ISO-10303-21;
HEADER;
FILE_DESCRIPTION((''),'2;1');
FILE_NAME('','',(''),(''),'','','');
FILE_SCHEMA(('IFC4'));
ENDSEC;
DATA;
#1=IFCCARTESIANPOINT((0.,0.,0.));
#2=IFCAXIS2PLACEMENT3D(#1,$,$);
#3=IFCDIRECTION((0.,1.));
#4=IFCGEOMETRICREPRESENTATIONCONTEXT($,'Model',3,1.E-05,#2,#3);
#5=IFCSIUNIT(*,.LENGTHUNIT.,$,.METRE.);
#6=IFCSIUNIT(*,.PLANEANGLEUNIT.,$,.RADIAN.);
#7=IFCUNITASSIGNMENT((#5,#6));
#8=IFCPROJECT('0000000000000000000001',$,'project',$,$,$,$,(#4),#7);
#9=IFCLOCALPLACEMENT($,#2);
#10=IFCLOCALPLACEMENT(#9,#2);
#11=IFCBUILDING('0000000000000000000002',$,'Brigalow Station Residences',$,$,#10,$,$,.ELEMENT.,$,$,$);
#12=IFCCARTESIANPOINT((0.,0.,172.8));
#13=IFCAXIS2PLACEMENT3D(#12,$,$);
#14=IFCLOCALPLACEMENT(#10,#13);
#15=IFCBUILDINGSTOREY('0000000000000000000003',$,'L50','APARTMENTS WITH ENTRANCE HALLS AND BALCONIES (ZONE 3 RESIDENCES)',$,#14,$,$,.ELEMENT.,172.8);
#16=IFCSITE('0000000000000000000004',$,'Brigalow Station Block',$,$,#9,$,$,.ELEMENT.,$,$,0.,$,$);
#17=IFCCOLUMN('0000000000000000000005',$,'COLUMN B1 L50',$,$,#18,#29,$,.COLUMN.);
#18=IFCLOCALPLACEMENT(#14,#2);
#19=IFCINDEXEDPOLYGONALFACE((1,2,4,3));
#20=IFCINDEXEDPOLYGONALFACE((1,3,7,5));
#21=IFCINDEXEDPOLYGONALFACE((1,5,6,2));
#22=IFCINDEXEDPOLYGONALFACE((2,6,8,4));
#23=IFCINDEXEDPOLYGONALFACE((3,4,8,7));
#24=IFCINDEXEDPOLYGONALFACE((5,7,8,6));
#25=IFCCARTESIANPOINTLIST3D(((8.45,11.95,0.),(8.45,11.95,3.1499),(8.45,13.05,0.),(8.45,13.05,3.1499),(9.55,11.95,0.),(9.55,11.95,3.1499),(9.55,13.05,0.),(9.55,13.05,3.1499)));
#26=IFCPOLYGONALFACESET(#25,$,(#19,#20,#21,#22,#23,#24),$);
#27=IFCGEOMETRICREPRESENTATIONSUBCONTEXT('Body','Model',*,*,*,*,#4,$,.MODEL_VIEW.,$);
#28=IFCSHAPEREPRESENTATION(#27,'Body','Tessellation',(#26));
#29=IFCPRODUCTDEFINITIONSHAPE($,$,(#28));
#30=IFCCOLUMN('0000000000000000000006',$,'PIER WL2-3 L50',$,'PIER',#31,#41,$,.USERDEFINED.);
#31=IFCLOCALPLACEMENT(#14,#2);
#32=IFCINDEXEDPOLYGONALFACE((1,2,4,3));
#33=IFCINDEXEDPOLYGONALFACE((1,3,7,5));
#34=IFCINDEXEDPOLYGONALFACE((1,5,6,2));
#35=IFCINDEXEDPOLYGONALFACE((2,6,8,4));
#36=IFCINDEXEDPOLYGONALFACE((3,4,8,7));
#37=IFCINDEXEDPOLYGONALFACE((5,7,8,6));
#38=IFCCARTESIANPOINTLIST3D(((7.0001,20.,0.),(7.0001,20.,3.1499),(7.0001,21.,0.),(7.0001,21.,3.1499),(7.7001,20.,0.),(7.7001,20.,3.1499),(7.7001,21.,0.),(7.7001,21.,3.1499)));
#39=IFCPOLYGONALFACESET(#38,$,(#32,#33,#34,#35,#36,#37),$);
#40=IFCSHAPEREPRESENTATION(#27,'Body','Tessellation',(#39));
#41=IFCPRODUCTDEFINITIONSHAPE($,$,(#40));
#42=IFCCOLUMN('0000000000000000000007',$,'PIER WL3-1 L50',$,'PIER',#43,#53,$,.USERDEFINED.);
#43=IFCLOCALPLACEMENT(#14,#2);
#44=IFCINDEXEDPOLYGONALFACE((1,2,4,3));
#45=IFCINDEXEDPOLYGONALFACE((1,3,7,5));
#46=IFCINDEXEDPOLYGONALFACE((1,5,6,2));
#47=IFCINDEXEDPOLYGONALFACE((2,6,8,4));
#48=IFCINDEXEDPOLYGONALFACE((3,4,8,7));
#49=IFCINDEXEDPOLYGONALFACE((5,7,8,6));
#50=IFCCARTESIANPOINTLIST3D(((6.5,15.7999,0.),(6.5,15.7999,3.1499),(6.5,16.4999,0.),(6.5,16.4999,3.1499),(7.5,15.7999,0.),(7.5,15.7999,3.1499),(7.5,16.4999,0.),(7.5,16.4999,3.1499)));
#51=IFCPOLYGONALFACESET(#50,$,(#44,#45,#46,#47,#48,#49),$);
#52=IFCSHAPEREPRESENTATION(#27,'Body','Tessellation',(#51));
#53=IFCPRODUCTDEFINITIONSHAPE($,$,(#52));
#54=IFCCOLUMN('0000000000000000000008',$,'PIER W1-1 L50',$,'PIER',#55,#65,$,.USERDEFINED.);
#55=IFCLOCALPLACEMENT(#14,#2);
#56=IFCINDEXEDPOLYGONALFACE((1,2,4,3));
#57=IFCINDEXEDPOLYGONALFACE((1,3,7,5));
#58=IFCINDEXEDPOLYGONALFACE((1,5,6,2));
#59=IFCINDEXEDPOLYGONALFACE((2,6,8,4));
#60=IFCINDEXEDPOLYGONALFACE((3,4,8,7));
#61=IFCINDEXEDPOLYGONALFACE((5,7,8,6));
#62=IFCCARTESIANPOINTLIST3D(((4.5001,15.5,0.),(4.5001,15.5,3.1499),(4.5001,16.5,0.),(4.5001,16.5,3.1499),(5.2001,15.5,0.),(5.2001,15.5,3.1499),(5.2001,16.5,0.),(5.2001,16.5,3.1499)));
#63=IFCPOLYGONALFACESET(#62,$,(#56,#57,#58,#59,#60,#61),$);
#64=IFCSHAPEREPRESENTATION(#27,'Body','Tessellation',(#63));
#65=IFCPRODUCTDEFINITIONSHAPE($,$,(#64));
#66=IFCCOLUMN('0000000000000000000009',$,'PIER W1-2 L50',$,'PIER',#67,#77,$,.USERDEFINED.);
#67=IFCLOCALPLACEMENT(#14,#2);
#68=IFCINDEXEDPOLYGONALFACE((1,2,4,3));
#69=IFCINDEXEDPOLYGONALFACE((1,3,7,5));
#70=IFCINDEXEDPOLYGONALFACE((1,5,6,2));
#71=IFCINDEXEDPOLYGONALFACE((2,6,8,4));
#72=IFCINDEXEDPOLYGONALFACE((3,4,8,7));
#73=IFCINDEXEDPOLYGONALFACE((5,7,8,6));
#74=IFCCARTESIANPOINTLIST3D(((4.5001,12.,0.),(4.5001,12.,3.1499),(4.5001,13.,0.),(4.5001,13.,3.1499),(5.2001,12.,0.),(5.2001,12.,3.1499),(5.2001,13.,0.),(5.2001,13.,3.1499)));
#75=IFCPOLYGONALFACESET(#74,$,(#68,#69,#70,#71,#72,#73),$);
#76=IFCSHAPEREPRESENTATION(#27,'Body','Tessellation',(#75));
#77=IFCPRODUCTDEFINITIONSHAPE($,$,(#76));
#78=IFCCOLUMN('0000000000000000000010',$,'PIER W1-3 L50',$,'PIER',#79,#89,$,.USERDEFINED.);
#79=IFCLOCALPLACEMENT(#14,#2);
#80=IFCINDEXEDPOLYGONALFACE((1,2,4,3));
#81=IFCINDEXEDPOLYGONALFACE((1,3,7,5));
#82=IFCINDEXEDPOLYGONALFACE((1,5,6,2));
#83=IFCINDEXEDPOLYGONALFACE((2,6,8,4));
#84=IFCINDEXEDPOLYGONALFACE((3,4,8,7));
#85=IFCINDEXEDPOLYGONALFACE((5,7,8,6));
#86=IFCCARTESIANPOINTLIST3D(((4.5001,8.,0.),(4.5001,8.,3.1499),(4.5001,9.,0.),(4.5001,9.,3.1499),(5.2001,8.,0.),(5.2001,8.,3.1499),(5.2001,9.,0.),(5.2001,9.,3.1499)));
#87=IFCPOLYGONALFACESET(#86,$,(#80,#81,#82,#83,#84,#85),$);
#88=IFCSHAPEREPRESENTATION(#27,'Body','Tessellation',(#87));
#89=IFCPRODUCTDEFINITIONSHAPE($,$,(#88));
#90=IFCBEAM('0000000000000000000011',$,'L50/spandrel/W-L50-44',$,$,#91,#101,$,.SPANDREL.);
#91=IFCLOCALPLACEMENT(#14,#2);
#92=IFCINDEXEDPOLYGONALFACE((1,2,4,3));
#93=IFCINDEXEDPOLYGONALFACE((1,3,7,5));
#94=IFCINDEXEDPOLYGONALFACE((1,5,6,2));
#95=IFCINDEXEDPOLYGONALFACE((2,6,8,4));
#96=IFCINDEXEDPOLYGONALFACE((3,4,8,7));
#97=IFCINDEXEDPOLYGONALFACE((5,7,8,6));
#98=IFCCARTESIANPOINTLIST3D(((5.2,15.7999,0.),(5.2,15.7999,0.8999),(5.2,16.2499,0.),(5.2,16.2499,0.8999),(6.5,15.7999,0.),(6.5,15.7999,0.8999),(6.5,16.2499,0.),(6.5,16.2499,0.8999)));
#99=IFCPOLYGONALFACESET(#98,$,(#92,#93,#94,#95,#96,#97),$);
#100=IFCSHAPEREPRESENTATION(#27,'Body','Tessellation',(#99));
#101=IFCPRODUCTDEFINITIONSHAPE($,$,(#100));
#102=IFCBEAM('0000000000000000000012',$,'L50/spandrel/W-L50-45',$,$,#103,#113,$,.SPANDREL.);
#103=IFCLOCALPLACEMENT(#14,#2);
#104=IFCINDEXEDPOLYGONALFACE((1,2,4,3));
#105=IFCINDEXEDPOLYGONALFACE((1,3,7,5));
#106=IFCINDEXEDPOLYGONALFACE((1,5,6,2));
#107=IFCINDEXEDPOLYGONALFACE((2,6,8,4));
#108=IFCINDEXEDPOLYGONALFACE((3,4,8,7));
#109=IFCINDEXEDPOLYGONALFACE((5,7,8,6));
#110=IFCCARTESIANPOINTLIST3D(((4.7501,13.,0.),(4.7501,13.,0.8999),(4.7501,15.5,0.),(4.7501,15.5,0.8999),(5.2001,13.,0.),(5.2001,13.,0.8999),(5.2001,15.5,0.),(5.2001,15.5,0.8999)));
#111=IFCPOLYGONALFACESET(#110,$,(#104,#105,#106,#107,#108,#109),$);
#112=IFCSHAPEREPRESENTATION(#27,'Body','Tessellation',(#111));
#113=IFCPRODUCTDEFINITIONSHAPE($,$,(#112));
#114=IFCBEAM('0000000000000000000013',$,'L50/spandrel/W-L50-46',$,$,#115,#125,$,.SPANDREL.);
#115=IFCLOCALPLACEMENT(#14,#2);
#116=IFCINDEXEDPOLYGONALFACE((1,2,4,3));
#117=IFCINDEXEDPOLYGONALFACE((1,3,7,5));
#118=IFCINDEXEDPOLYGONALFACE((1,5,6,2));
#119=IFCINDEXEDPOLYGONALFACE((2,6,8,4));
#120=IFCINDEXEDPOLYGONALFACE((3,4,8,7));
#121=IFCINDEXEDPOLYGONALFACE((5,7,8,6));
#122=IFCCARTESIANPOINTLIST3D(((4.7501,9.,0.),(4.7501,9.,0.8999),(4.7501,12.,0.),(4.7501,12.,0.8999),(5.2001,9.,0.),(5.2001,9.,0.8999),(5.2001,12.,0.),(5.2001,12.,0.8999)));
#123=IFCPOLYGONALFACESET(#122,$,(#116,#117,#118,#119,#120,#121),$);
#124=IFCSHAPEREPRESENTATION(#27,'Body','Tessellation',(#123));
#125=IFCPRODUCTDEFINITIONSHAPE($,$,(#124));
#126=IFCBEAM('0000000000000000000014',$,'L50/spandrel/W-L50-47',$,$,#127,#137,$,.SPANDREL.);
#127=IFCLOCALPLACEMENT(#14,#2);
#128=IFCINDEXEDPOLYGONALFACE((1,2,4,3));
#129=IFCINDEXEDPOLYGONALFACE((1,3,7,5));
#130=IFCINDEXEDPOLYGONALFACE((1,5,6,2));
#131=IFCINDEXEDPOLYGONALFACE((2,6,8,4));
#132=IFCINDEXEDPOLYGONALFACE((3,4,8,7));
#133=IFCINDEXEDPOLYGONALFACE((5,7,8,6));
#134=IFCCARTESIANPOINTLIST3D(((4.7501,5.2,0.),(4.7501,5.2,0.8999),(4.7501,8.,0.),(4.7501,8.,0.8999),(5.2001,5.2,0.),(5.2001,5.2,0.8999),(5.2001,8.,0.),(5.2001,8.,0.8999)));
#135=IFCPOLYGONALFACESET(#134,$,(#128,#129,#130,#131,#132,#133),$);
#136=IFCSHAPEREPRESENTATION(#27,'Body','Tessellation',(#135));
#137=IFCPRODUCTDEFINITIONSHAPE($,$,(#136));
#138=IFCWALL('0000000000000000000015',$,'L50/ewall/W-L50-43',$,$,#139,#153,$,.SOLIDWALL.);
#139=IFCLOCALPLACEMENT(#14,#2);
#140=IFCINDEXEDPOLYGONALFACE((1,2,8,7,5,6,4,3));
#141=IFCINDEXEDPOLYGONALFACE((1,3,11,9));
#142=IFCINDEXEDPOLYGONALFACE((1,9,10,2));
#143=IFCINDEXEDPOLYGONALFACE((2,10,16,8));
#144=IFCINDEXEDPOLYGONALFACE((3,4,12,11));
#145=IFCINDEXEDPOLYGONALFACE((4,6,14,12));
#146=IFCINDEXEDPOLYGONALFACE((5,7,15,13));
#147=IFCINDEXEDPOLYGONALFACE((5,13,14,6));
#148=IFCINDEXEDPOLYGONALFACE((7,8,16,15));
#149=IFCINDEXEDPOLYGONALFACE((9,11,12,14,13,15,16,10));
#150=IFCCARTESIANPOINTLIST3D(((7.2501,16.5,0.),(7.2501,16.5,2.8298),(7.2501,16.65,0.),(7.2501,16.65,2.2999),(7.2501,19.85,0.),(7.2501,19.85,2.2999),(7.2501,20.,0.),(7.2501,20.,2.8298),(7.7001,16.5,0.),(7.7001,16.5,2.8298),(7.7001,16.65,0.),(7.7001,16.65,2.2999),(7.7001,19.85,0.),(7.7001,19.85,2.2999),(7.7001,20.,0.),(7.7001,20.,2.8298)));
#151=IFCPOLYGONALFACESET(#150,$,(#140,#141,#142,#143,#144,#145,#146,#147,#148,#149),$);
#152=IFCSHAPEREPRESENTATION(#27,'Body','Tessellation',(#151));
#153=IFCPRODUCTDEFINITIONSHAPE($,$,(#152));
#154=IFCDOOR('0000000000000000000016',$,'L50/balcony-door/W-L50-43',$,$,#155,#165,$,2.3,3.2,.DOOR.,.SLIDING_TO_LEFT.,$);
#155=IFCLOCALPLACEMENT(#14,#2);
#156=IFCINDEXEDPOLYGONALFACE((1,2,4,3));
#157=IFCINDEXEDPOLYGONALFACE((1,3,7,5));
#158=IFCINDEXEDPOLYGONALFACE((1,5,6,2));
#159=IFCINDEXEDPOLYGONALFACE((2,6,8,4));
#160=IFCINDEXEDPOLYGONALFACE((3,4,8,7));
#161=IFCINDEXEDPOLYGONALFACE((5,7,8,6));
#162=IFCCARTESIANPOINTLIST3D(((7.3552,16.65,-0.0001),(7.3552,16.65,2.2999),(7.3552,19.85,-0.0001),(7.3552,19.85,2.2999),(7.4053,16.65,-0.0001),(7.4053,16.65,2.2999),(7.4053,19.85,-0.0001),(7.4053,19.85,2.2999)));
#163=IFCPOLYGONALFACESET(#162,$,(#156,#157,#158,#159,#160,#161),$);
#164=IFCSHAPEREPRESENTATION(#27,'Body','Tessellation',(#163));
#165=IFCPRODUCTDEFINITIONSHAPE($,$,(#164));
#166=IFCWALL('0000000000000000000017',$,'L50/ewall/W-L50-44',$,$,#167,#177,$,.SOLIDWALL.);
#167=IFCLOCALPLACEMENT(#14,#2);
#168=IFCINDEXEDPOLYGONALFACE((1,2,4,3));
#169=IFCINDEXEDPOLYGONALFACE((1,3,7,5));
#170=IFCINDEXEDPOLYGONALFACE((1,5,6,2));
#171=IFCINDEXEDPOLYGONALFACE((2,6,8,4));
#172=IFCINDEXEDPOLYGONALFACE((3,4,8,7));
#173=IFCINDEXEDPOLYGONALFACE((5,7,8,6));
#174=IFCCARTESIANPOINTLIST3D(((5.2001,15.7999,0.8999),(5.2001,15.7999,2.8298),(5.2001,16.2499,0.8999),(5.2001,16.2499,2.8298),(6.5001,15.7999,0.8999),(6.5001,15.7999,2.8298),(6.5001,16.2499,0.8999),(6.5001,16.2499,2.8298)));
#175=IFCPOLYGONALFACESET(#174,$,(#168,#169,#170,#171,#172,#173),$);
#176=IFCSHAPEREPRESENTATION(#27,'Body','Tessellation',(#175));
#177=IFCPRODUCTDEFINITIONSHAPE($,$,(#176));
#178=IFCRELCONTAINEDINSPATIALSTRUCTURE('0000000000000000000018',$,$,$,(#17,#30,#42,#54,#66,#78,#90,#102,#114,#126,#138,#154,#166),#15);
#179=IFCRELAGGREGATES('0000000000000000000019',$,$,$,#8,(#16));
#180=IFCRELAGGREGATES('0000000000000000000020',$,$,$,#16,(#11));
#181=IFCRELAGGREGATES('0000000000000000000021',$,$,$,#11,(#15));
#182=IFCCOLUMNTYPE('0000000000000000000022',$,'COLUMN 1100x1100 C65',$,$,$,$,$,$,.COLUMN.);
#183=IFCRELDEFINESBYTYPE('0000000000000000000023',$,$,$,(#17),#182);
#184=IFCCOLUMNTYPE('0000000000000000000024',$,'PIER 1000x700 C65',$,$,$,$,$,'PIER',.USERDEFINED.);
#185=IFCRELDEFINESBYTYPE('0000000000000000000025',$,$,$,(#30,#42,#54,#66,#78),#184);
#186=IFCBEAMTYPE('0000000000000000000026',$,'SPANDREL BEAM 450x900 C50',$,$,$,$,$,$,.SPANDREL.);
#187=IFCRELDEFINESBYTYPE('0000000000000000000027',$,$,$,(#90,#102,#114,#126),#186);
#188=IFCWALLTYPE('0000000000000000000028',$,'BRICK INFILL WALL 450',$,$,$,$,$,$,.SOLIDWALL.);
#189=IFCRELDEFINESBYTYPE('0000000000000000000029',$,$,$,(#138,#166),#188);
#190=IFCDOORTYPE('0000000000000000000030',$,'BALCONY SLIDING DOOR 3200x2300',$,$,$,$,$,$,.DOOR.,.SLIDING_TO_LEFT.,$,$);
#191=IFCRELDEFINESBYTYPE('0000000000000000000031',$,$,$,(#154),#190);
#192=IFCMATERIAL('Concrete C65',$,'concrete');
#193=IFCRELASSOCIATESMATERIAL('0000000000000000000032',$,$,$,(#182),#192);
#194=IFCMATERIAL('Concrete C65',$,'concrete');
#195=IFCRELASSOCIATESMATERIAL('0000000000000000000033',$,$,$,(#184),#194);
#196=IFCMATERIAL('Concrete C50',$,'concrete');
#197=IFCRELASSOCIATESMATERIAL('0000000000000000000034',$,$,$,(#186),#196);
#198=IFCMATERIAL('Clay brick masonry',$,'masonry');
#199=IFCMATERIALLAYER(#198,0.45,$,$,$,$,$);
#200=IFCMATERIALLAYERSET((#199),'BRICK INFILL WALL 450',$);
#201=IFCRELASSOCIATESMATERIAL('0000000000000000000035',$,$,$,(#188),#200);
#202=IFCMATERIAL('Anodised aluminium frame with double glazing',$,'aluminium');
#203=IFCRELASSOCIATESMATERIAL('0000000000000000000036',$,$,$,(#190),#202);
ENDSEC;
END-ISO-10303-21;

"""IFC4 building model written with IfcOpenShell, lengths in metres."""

from ifc_helpers import new_model, si_unit, direction, frame, frame_2d, origin, origin_2d, place, context, subcontext, project, spatial, rectangle, extrude, material, layer, layer_set, material_profile, profile_set, type_object, element, fill, save


model = new_model("IFC4")

# Units and contexts
model_context = context("Model", 3, precision=1e-05, world=origin(), true_north=direction((0.0, 1.0)))
body_context = subcontext(model_context, "Body", "Model", "MODEL_VIEW")
ifc_project = project(units=[si_unit("LENGTHUNIT", "METRE"), si_unit("PLANEANGLEUNIT", "RADIAN")], contexts=[model_context])

# Site, building, storey
site_placement = place(None, origin())
site = spatial("IfcSite", under=ifc_project, at=site_placement, Name="Brigalow Station Block", CompositionType="ELEMENT", RefElevation=0.0)
building_placement = place(site_placement, origin())
building = spatial("IfcBuilding", under=site, at=building_placement, Name="Brigalow Station Residences", CompositionType="ELEMENT")
storey_placement = place(building_placement, frame((0.0, 0.0, 172.8)))
storey = spatial("IfcBuildingStorey", under=building, at=storey_placement, Name="L50", Description="APARTMENTS WITH ENTRANCE HALLS AND BALCONIES (ZONE 3 RESIDENCES)", CompositionType="ELEMENT", Elevation=172.8)

# Columns
ifc_material_1 = material(Name="Concrete C65", Category="concrete")
ifc_material_profile_1 = material_profile(ifc_material_1, rectangle(XDim=1.1001, YDim=1.1001, at=origin_2d()), Name="RC1100x1100")
ifc_profile_set_1 = profile_set([ifc_material_profile_1], Name="Concrete C65")
column_type_1 = type_object("IfcColumnType", Name="COLUMN 1100x1100 C65", PredefinedType="COLUMN", material=ifc_profile_set_1)
column_placement = place(storey_placement, frame((9.0, 12.5, 0.0), z_axis=(0.0, 0.0, 1.0), x_axis=(1.0, 0.0, 0.0)))
element("IfcColumn", 1, at=column_placement, inside=storey, type_object=column_type_1, Name="COLUMN B1 L50", PredefinedType="COLUMN", context=body_context, shape_type="SweptSolid", body=[
    extrude(rectangle(XDim=1.1001, YDim=1.1001, at=origin_2d()), origin(), (0.0, 0.0, 1.0), 3.1499),
])
ifc_material_2 = material(Name="Concrete C65", Category="concrete")
ifc_material_profile_2 = material_profile(ifc_material_2, rectangle(XDim=1.0, YDim=0.7, at=origin_2d()), Name="RC1000x700")
ifc_profile_set_2 = profile_set([ifc_material_profile_2], Name="Concrete C65")
column_type_2 = type_object("IfcColumnType", Name="PIER 1000x700 C65", ElementType="PIER", PredefinedType="USERDEFINED", material=ifc_profile_set_2)
for number, where, z_axis, x_axis, name in (
    (2, (7.3501, 20.5, 0.0), (0.0, 0.0, 1.0), (0.0, -1.0, 0.0), "PIER WL2-3 L50"),
    (3, (7.0, 16.1499, 0.0), (0.0, 0.0, 1.0), (-1.0, 0.0, 0.0), "PIER WL3-1 L50"),
    (4, (4.8501, 16.0, 0.0), (0.0, 0.0, 1.0), (0.0, -1.0, 0.0), "PIER W1-1 L50"),
    (5, (4.8501, 12.5, 0.0), (0.0, 0.0, 1.0), (0.0, -1.0, 0.0), "PIER W1-2 L50"),
    (6, (4.8501, 8.5, 0.0), (0.0, 0.0, 1.0), (0.0, -1.0, 0.0), "PIER W1-3 L50"),
):
    element("IfcColumn", number, at=place(storey_placement, frame(where, z_axis=z_axis, x_axis=x_axis)), inside=storey, type_object=column_type_2, Name=name, ObjectType="PIER", PredefinedType="USERDEFINED", context=body_context, shape_type="SweptSolid", body=[
        extrude(rectangle(XDim=1.0, YDim=0.7, at=origin_2d()), origin(), (0.0, 0.0, 1.0), 3.1499),
    ])

# Beams
ifc_material_3 = material(Name="Concrete C50", Category="concrete")
ifc_material_profile_3 = material_profile(ifc_material_3, rectangle(XDim=0.45, YDim=0.8999, at=origin_2d()), Name="RC450x900")
ifc_profile_set_3 = profile_set([ifc_material_profile_3], Name="Concrete C50")
beam_type = type_object("IfcBeamType", Name="SPANDREL BEAM 450x900 C50", PredefinedType="SPANDREL", material=ifc_profile_set_3)
beam_1_placement = place(storey_placement, frame((6.5, 16.0249, 0.45), z_axis=(-1.0, 0.0, 0.0), x_axis=(0.0, -1.0, 0.0)))
element("IfcBeam", 7, at=beam_1_placement, inside=storey, type_object=beam_type, Name="L50/spandrel/W-L50-44", PredefinedType="SPANDREL", context=body_context, shape_type="SweptSolid", body=[
    extrude(rectangle(XDim=0.45, YDim=0.8999, at=origin_2d()), origin(), (0.0, 0.0, 1.0), 1.3),
])
beam_2_placement = place(storey_placement, frame((4.9751, 15.5, 0.45), z_axis=(0.0, -1.0, 0.0), x_axis=(1.0, 0.0, 0.0)))
element("IfcBeam", 8, at=beam_2_placement, inside=storey, type_object=beam_type, Name="L50/spandrel/W-L50-45", PredefinedType="SPANDREL", context=body_context, shape_type="SweptSolid", body=[
    extrude(rectangle(XDim=0.45, YDim=0.8999, at=origin_2d()), origin(), (0.0, 0.0, 1.0), 2.5),
])
beam_3_placement = place(storey_placement, frame((4.9751, 12.0, 0.45), z_axis=(0.0, -1.0, 0.0), x_axis=(1.0, 0.0, 0.0)))
element("IfcBeam", 9, at=beam_3_placement, inside=storey, type_object=beam_type, Name="L50/spandrel/W-L50-46", PredefinedType="SPANDREL", context=body_context, shape_type="SweptSolid", body=[
    extrude(rectangle(XDim=0.45, YDim=0.8999, at=origin_2d()), origin(), (0.0, 0.0, 1.0), 3.0),
])
beam_4_placement = place(storey_placement, frame((4.9751, 8.0, 0.45), z_axis=(0.0, -1.0, 0.0), x_axis=(1.0, 0.0, 0.0)))
element("IfcBeam", 10, at=beam_4_placement, inside=storey, type_object=beam_type, Name="L50/spandrel/W-L50-47", PredefinedType="SPANDREL", context=body_context, shape_type="SweptSolid", body=[
    extrude(rectangle(XDim=0.45, YDim=0.8999, at=origin_2d()), origin(), (0.0, 0.0, 1.0), 2.8),
])

# Wall, opening, door
ifc_material_4 = material(Name="Clay brick masonry", Category="masonry")
ifc_layer_1 = layer(ifc_material_4, 0.45)
ifc_layer_set_1 = layer_set([ifc_layer_1], Name="BRICK INFILL WALL 450")
wall_type_1 = type_object("IfcWallType", Name="BRICK INFILL WALL 450", PredefinedType="SOLIDWALL", material=ifc_layer_set_1)
wall_1_placement = place(storey_placement, frame((7.4751, 20.0, 0.0), z_axis=(0.0, 0.0, 1.0), x_axis=(0.0, -1.0, 0.0)))
wall_1 = element("IfcWall", 11, at=wall_1_placement, inside=storey, type_object=wall_type_1, Name="L50/ewall/W-L50-43", PredefinedType="SOLIDWALL", context=body_context, shape_type="SweptSolid", body=[
    extrude(rectangle(XDim=3.5, YDim=0.45, at=frame_2d((1.75, 0.0))), origin(), (0.0, 0.0, 1.0), 2.8298),
])
opening_1_placement = place(wall_1_placement, frame((0.1499, 0.0, 0.0)))
opening_1 = element("IfcOpeningElement", 12, at=opening_1_placement, cuts=wall_1, PredefinedType="OPENING", context=body_context, shape_type="SweptSolid", body=[
    extrude(rectangle(XDim=3.2, YDim=2.3, at=frame_2d((1.6001, 1.1499))), frame((0.0, 0.2349, 0.0), z_axis=(0.0, -1.0, 0.0), x_axis=(1.0, 0.0, 0.0)), (0.0, 0.0, 1.0), 0.47),
])
ifc_material_5 = material(Name="Anodised aluminium frame with double glazing", Category="aluminium")
door_type_1 = type_object("IfcDoorType", Name="BALCONY SLIDING DOOR 3200x2300", OperationType="SLIDING_TO_LEFT", PredefinedType="DOOR", material=ifc_material_5)
door_1_placement = place(opening_1_placement, origin())
door_1 = element("IfcDoor", 13, at=door_1_placement, inside=storey, type_object=door_type_1, Name="L50/balcony-door/W-L50-43", OperationType="SLIDING_TO_LEFT", OverallHeight=2.3, OverallWidth=3.2, PredefinedType="DOOR", context=body_context, shape_type="SweptSolid", body=[
    extrude(rectangle(XDim=3.2, YDim=2.3, at=frame_2d((1.6001, 1.1499))), frame((0.0, -0.0698, 0.0), z_axis=(0.0, -1.0, 0.0), x_axis=(1.0, 0.0, 0.0)), (0.0, 0.0, 1.0), 0.05),
])
fill(opening_1, door_1)

# Wall
wall_2_placement = place(storey_placement, frame((6.5, 16.0249, 0.8999), z_axis=(0.0, 0.0, 1.0), x_axis=(-1.0, 0.0, 0.0)))
element("IfcWall", 14, at=wall_2_placement, inside=storey, type_object=wall_type_1, Name="L50/ewall/W-L50-44", PredefinedType="SOLIDWALL", context=body_context, shape_type="SweptSolid", body=[
    extrude(rectangle(XDim=1.3, YDim=0.45, at=frame_2d((0.6499, 0.0))), origin(), (0.0, 0.0, 1.0), 1.9299),
])

save(model, "model.ifc")
